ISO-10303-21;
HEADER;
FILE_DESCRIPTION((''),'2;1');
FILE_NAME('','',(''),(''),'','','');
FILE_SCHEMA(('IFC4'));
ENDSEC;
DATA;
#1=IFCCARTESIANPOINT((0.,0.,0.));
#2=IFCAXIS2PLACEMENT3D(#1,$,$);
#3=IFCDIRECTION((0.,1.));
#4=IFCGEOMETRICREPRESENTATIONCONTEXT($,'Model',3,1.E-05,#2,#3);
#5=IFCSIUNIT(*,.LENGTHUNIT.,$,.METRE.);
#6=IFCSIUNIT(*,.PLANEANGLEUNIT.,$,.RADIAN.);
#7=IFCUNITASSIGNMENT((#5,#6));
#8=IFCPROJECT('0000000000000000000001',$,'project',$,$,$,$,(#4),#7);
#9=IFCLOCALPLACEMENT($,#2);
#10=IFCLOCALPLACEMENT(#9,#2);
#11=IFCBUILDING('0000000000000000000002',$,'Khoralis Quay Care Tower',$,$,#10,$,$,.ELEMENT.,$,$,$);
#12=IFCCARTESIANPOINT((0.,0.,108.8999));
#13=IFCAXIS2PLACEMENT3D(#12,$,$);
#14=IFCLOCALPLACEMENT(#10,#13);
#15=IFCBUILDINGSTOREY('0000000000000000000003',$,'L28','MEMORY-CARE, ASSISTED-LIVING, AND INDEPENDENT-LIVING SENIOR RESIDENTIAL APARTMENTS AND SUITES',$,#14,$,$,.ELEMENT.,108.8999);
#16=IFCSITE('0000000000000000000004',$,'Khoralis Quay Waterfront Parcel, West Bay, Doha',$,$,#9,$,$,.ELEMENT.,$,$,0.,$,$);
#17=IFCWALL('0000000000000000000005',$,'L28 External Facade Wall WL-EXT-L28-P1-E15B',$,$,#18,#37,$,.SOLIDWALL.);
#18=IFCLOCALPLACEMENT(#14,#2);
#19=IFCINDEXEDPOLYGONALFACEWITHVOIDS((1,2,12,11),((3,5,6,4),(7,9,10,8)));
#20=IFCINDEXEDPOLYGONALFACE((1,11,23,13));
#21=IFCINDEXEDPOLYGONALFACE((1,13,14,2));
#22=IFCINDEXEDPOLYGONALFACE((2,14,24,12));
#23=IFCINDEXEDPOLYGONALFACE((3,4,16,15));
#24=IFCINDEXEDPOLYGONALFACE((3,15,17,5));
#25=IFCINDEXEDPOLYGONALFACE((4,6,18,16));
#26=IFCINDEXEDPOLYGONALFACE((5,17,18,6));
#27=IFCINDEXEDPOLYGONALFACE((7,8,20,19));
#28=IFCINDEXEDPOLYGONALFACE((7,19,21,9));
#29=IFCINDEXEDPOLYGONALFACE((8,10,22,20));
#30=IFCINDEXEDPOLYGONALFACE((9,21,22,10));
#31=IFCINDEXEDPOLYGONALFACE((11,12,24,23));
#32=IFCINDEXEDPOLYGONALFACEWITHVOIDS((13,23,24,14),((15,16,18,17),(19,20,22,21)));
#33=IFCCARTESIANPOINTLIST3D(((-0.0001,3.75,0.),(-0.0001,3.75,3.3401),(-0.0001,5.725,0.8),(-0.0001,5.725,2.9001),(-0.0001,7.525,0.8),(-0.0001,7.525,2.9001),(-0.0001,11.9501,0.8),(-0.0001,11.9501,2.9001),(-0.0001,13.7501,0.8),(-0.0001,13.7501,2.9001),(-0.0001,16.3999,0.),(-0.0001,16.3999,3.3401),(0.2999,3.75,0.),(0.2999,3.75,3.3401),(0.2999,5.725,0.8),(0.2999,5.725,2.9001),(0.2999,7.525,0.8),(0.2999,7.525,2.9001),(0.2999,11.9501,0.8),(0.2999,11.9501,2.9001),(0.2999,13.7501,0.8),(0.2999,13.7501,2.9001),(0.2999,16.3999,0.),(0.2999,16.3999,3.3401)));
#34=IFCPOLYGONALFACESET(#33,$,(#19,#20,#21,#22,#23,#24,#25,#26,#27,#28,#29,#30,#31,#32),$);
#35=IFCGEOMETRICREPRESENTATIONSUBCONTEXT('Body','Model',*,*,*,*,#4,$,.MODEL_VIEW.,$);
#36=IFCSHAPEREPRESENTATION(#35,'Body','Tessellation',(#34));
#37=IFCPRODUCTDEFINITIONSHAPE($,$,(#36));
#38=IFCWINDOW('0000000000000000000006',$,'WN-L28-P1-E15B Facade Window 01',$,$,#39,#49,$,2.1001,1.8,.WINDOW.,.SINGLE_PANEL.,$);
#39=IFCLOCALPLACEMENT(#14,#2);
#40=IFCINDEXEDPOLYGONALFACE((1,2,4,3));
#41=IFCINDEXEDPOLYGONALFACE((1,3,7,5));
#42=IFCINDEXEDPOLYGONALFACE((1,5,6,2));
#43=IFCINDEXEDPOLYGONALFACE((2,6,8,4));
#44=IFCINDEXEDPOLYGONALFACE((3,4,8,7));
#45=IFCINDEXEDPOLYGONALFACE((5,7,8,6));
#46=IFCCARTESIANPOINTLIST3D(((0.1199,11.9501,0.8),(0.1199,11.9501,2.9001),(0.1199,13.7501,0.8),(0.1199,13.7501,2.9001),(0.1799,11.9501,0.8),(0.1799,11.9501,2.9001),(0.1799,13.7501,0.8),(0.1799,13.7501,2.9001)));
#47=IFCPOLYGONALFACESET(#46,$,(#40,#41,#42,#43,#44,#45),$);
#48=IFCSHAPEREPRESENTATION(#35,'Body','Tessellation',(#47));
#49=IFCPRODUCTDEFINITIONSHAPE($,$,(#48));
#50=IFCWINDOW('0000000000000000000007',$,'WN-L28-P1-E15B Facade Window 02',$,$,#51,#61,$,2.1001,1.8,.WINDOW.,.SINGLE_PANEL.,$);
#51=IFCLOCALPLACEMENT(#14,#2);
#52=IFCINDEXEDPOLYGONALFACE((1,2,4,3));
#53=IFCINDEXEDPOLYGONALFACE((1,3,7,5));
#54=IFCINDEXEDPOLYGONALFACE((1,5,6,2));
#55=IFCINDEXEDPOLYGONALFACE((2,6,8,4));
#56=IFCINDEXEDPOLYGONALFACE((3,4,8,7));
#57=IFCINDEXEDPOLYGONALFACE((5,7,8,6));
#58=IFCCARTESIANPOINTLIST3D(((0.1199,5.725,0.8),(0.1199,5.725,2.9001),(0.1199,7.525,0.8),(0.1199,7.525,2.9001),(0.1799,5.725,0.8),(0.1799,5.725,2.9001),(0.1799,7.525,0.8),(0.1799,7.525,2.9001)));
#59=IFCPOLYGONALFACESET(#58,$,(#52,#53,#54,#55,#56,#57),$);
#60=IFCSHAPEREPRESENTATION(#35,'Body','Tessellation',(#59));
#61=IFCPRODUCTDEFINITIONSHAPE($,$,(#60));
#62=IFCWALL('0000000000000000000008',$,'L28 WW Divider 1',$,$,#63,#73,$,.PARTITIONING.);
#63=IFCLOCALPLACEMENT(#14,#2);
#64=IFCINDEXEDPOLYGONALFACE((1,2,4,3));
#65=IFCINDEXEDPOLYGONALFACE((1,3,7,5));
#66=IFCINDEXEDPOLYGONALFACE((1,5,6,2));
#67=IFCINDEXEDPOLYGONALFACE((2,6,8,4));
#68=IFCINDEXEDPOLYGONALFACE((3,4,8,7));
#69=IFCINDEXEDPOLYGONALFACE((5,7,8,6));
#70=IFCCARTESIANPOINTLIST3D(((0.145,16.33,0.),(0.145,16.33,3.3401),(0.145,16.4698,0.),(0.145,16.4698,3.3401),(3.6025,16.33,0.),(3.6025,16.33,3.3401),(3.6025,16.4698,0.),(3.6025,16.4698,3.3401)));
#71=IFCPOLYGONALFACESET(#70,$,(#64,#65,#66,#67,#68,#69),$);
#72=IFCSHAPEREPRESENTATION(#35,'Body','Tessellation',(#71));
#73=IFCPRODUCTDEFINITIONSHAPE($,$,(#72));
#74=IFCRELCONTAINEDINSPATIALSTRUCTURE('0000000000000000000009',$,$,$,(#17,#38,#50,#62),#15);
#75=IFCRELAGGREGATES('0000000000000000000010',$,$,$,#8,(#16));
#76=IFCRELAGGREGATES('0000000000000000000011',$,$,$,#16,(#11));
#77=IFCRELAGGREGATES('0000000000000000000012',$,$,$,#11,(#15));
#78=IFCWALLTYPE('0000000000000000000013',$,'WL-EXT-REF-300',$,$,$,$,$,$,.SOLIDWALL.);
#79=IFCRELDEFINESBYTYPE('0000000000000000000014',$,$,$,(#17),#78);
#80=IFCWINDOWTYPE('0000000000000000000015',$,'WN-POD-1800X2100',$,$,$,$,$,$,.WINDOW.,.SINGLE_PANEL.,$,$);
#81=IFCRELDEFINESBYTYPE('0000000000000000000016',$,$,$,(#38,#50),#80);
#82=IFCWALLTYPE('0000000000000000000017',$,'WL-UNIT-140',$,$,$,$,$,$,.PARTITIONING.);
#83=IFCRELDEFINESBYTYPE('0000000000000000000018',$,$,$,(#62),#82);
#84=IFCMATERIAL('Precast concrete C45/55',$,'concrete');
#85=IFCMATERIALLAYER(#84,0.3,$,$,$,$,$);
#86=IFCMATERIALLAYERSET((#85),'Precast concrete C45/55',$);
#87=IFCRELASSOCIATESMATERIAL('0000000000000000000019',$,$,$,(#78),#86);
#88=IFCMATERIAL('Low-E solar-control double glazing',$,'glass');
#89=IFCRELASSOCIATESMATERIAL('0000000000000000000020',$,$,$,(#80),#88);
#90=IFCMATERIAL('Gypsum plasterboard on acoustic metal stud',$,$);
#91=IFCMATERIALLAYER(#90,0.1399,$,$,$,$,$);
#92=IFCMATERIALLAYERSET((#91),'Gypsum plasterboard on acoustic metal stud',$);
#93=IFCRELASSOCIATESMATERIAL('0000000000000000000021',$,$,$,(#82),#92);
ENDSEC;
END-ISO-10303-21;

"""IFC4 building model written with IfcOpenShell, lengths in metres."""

from ifc_helpers import new_model, si_unit, direction, frame, frame_2d, origin, place, context, subcontext, project, spatial, rectangle, extrude, source, transform, mapped, material, layer, layer_set, type_object, element, fill, save


model = new_model("IFC4")

# Units and contexts
model_context = context("Model", 3, precision=1e-05, world=origin(), true_north=direction((0.0, 1.0)))
body_context = subcontext(model_context, "Body", "Model", "MODEL_VIEW")
ifc_project = project(units=[si_unit("LENGTHUNIT", "METRE"), si_unit("PLANEANGLEUNIT", "RADIAN")], contexts=[model_context])

# Site, building, storey
site_placement = place(None, origin())
site = spatial("IfcSite", under=ifc_project, at=site_placement, Name="Khoralis Quay Waterfront Parcel, West Bay, Doha", CompositionType="ELEMENT", RefElevation=0.0)
building_placement = place(site_placement, origin())
building = spatial("IfcBuilding", under=site, at=building_placement, Name="Khoralis Quay Care Tower", CompositionType="ELEMENT")
storey_placement = place(building_placement, frame((0.0, 0.0, 108.8999)))
storey = spatial("IfcBuildingStorey", under=building, at=storey_placement, Name="L28", Description="MEMORY-CARE, ASSISTED-LIVING, AND INDEPENDENT-LIVING SENIOR RESIDENTIAL APARTMENTS AND SUITES", CompositionType="ELEMENT", Elevation=108.8999)

# Shared definitions
ifc_material_1 = material(Name="Low-E solar-control double glazing", Category="glass")

# Wall, openings, windows
ifc_material_2 = material(Name="Precast concrete C45/55", Category="concrete")
ifc_layer_1 = layer(ifc_material_2, 0.3)
ifc_layer_set_1 = layer_set([ifc_layer_1], Name="Precast concrete C45/55")
wall_type_1 = type_object("IfcWallType", Name="WL-EXT-REF-300", PredefinedType="SOLIDWALL", material=ifc_layer_set_1)
wall_1_placement = place(storey_placement, frame((0.1499, 16.3999, 0.0), z_axis=(0.0, 0.0, 1.0), x_axis=(0.0, -1.0, 0.0)))
wall_1 = element("IfcWall", 1, at=wall_1_placement, inside=storey, type_object=wall_type_1, Name="L28 External Facade Wall WL-EXT-L28-P1-E15B", PredefinedType="SOLIDWALL", context=body_context, shape_type="SweptSolid", body=[
    extrude(rectangle(XDim=12.6499, YDim=0.3, at=frame_2d((6.325, 0.0))), origin(), (0.0, 0.0, 1.0), 3.3401),
])
opening_1_placement = place(wall_1_placement, frame((2.6499, 0.0, 0.8)))
opening_1 = element("IfcOpeningElement", 2, at=opening_1_placement, cuts=wall_1, PredefinedType="OPENING", context=body_context, shape_type="SweptSolid", body=[
    extrude(rectangle(XDim=1.8, YDim=2.1001, at=frame_2d((0.8999, 1.05))), frame((0.0, 0.1602, 0.0), z_axis=(0.0, -1.0, 0.0), x_axis=(1.0, 0.0, 0.0)), (0.0, 0.0, 1.0), 0.3201),
])
opening_2_placement = place(wall_1_placement, frame((8.875, 0.0, 0.8)))
opening_2 = element("IfcOpeningElement", 3, at=opening_2_placement, cuts=wall_1, PredefinedType="OPENING", context=body_context, shape_type="SweptSolid", body=[
    extrude(rectangle(XDim=1.8, YDim=2.1001, at=frame_2d((0.8999, 1.05))), frame((0.0, 0.1602, 0.0), z_axis=(0.0, -1.0, 0.0), x_axis=(1.0, 0.0, 0.0)), (0.0, 0.0, 1.0), 0.3201),
])
window_type = type_object("IfcWindowType", Name="WN-POD-1800X2100", PartitioningType="SINGLE_PANEL", PredefinedType="WINDOW", material=ifc_material_1)
shared_shape_1 = source(origin(), body_context, "Body", "SweptSolid", [
    extrude(rectangle(XDim=1.8, YDim=2.1001, at=frame_2d((0.8999, 1.05))), frame((0.0, 0.03, 0.0), z_axis=(0.0, -1.0, 0.0), x_axis=(1.0, 0.0, 0.0)), (0.0, 0.0, 1.0), 0.0601),
])
window_1_placement = place(opening_1_placement, origin())
window_1 = element("IfcWindow", 4, at=window_1_placement, inside=storey, type_object=window_type, Name="WN-L28-P1-E15B Facade Window 01", OverallHeight=2.1001, OverallWidth=1.8, PartitioningType="SINGLE_PANEL", PredefinedType="WINDOW", context=body_context, shape_type="MappedRepresentation", body=[
    mapped(shared_shape_1, transform((0.0, 0.0, 0.0), scale=1.0)),
])
fill(opening_1, window_1)
window_2_placement = place(opening_2_placement, origin())
window_2 = element("IfcWindow", 5, at=window_2_placement, inside=storey, type_object=window_type, Name="WN-L28-P1-E15B Facade Window 02", OverallHeight=2.1001, OverallWidth=1.8, PartitioningType="SINGLE_PANEL", PredefinedType="WINDOW", context=body_context, shape_type="MappedRepresentation", body=[
    mapped(shared_shape_1, transform((0.0, 0.0, 0.0), scale=1.0)),
])
fill(opening_2, window_2)

# Wall
ifc_material_3 = material(Name="Gypsum plasterboard on acoustic metal stud")
ifc_layer_2 = layer(ifc_material_3, 0.1399)
ifc_layer_set_2 = layer_set([ifc_layer_2], Name="Gypsum plasterboard on acoustic metal stud")
wall_type_2 = type_object("IfcWallType", Name="WL-UNIT-140", PredefinedType="PARTITIONING", material=ifc_layer_set_2)
wall_2_placement = place(storey_placement, frame((0.145, 16.3999, 0.0), z_axis=(0.0, 0.0, 1.0), x_axis=(1.0, 0.0, 0.0)))
element("IfcWall", 6, at=wall_2_placement, inside=storey, type_object=wall_type_2, Name="L28 WW Divider 1", PredefinedType="PARTITIONING", context=body_context, shape_type="SweptSolid", body=[
    extrude(rectangle(XDim=3.4575, YDim=0.1399, at=frame_2d((1.7288, 0.0))), origin(), (0.0, 0.0, 1.0), 3.3401),
])

save(model, "model.ifc")
